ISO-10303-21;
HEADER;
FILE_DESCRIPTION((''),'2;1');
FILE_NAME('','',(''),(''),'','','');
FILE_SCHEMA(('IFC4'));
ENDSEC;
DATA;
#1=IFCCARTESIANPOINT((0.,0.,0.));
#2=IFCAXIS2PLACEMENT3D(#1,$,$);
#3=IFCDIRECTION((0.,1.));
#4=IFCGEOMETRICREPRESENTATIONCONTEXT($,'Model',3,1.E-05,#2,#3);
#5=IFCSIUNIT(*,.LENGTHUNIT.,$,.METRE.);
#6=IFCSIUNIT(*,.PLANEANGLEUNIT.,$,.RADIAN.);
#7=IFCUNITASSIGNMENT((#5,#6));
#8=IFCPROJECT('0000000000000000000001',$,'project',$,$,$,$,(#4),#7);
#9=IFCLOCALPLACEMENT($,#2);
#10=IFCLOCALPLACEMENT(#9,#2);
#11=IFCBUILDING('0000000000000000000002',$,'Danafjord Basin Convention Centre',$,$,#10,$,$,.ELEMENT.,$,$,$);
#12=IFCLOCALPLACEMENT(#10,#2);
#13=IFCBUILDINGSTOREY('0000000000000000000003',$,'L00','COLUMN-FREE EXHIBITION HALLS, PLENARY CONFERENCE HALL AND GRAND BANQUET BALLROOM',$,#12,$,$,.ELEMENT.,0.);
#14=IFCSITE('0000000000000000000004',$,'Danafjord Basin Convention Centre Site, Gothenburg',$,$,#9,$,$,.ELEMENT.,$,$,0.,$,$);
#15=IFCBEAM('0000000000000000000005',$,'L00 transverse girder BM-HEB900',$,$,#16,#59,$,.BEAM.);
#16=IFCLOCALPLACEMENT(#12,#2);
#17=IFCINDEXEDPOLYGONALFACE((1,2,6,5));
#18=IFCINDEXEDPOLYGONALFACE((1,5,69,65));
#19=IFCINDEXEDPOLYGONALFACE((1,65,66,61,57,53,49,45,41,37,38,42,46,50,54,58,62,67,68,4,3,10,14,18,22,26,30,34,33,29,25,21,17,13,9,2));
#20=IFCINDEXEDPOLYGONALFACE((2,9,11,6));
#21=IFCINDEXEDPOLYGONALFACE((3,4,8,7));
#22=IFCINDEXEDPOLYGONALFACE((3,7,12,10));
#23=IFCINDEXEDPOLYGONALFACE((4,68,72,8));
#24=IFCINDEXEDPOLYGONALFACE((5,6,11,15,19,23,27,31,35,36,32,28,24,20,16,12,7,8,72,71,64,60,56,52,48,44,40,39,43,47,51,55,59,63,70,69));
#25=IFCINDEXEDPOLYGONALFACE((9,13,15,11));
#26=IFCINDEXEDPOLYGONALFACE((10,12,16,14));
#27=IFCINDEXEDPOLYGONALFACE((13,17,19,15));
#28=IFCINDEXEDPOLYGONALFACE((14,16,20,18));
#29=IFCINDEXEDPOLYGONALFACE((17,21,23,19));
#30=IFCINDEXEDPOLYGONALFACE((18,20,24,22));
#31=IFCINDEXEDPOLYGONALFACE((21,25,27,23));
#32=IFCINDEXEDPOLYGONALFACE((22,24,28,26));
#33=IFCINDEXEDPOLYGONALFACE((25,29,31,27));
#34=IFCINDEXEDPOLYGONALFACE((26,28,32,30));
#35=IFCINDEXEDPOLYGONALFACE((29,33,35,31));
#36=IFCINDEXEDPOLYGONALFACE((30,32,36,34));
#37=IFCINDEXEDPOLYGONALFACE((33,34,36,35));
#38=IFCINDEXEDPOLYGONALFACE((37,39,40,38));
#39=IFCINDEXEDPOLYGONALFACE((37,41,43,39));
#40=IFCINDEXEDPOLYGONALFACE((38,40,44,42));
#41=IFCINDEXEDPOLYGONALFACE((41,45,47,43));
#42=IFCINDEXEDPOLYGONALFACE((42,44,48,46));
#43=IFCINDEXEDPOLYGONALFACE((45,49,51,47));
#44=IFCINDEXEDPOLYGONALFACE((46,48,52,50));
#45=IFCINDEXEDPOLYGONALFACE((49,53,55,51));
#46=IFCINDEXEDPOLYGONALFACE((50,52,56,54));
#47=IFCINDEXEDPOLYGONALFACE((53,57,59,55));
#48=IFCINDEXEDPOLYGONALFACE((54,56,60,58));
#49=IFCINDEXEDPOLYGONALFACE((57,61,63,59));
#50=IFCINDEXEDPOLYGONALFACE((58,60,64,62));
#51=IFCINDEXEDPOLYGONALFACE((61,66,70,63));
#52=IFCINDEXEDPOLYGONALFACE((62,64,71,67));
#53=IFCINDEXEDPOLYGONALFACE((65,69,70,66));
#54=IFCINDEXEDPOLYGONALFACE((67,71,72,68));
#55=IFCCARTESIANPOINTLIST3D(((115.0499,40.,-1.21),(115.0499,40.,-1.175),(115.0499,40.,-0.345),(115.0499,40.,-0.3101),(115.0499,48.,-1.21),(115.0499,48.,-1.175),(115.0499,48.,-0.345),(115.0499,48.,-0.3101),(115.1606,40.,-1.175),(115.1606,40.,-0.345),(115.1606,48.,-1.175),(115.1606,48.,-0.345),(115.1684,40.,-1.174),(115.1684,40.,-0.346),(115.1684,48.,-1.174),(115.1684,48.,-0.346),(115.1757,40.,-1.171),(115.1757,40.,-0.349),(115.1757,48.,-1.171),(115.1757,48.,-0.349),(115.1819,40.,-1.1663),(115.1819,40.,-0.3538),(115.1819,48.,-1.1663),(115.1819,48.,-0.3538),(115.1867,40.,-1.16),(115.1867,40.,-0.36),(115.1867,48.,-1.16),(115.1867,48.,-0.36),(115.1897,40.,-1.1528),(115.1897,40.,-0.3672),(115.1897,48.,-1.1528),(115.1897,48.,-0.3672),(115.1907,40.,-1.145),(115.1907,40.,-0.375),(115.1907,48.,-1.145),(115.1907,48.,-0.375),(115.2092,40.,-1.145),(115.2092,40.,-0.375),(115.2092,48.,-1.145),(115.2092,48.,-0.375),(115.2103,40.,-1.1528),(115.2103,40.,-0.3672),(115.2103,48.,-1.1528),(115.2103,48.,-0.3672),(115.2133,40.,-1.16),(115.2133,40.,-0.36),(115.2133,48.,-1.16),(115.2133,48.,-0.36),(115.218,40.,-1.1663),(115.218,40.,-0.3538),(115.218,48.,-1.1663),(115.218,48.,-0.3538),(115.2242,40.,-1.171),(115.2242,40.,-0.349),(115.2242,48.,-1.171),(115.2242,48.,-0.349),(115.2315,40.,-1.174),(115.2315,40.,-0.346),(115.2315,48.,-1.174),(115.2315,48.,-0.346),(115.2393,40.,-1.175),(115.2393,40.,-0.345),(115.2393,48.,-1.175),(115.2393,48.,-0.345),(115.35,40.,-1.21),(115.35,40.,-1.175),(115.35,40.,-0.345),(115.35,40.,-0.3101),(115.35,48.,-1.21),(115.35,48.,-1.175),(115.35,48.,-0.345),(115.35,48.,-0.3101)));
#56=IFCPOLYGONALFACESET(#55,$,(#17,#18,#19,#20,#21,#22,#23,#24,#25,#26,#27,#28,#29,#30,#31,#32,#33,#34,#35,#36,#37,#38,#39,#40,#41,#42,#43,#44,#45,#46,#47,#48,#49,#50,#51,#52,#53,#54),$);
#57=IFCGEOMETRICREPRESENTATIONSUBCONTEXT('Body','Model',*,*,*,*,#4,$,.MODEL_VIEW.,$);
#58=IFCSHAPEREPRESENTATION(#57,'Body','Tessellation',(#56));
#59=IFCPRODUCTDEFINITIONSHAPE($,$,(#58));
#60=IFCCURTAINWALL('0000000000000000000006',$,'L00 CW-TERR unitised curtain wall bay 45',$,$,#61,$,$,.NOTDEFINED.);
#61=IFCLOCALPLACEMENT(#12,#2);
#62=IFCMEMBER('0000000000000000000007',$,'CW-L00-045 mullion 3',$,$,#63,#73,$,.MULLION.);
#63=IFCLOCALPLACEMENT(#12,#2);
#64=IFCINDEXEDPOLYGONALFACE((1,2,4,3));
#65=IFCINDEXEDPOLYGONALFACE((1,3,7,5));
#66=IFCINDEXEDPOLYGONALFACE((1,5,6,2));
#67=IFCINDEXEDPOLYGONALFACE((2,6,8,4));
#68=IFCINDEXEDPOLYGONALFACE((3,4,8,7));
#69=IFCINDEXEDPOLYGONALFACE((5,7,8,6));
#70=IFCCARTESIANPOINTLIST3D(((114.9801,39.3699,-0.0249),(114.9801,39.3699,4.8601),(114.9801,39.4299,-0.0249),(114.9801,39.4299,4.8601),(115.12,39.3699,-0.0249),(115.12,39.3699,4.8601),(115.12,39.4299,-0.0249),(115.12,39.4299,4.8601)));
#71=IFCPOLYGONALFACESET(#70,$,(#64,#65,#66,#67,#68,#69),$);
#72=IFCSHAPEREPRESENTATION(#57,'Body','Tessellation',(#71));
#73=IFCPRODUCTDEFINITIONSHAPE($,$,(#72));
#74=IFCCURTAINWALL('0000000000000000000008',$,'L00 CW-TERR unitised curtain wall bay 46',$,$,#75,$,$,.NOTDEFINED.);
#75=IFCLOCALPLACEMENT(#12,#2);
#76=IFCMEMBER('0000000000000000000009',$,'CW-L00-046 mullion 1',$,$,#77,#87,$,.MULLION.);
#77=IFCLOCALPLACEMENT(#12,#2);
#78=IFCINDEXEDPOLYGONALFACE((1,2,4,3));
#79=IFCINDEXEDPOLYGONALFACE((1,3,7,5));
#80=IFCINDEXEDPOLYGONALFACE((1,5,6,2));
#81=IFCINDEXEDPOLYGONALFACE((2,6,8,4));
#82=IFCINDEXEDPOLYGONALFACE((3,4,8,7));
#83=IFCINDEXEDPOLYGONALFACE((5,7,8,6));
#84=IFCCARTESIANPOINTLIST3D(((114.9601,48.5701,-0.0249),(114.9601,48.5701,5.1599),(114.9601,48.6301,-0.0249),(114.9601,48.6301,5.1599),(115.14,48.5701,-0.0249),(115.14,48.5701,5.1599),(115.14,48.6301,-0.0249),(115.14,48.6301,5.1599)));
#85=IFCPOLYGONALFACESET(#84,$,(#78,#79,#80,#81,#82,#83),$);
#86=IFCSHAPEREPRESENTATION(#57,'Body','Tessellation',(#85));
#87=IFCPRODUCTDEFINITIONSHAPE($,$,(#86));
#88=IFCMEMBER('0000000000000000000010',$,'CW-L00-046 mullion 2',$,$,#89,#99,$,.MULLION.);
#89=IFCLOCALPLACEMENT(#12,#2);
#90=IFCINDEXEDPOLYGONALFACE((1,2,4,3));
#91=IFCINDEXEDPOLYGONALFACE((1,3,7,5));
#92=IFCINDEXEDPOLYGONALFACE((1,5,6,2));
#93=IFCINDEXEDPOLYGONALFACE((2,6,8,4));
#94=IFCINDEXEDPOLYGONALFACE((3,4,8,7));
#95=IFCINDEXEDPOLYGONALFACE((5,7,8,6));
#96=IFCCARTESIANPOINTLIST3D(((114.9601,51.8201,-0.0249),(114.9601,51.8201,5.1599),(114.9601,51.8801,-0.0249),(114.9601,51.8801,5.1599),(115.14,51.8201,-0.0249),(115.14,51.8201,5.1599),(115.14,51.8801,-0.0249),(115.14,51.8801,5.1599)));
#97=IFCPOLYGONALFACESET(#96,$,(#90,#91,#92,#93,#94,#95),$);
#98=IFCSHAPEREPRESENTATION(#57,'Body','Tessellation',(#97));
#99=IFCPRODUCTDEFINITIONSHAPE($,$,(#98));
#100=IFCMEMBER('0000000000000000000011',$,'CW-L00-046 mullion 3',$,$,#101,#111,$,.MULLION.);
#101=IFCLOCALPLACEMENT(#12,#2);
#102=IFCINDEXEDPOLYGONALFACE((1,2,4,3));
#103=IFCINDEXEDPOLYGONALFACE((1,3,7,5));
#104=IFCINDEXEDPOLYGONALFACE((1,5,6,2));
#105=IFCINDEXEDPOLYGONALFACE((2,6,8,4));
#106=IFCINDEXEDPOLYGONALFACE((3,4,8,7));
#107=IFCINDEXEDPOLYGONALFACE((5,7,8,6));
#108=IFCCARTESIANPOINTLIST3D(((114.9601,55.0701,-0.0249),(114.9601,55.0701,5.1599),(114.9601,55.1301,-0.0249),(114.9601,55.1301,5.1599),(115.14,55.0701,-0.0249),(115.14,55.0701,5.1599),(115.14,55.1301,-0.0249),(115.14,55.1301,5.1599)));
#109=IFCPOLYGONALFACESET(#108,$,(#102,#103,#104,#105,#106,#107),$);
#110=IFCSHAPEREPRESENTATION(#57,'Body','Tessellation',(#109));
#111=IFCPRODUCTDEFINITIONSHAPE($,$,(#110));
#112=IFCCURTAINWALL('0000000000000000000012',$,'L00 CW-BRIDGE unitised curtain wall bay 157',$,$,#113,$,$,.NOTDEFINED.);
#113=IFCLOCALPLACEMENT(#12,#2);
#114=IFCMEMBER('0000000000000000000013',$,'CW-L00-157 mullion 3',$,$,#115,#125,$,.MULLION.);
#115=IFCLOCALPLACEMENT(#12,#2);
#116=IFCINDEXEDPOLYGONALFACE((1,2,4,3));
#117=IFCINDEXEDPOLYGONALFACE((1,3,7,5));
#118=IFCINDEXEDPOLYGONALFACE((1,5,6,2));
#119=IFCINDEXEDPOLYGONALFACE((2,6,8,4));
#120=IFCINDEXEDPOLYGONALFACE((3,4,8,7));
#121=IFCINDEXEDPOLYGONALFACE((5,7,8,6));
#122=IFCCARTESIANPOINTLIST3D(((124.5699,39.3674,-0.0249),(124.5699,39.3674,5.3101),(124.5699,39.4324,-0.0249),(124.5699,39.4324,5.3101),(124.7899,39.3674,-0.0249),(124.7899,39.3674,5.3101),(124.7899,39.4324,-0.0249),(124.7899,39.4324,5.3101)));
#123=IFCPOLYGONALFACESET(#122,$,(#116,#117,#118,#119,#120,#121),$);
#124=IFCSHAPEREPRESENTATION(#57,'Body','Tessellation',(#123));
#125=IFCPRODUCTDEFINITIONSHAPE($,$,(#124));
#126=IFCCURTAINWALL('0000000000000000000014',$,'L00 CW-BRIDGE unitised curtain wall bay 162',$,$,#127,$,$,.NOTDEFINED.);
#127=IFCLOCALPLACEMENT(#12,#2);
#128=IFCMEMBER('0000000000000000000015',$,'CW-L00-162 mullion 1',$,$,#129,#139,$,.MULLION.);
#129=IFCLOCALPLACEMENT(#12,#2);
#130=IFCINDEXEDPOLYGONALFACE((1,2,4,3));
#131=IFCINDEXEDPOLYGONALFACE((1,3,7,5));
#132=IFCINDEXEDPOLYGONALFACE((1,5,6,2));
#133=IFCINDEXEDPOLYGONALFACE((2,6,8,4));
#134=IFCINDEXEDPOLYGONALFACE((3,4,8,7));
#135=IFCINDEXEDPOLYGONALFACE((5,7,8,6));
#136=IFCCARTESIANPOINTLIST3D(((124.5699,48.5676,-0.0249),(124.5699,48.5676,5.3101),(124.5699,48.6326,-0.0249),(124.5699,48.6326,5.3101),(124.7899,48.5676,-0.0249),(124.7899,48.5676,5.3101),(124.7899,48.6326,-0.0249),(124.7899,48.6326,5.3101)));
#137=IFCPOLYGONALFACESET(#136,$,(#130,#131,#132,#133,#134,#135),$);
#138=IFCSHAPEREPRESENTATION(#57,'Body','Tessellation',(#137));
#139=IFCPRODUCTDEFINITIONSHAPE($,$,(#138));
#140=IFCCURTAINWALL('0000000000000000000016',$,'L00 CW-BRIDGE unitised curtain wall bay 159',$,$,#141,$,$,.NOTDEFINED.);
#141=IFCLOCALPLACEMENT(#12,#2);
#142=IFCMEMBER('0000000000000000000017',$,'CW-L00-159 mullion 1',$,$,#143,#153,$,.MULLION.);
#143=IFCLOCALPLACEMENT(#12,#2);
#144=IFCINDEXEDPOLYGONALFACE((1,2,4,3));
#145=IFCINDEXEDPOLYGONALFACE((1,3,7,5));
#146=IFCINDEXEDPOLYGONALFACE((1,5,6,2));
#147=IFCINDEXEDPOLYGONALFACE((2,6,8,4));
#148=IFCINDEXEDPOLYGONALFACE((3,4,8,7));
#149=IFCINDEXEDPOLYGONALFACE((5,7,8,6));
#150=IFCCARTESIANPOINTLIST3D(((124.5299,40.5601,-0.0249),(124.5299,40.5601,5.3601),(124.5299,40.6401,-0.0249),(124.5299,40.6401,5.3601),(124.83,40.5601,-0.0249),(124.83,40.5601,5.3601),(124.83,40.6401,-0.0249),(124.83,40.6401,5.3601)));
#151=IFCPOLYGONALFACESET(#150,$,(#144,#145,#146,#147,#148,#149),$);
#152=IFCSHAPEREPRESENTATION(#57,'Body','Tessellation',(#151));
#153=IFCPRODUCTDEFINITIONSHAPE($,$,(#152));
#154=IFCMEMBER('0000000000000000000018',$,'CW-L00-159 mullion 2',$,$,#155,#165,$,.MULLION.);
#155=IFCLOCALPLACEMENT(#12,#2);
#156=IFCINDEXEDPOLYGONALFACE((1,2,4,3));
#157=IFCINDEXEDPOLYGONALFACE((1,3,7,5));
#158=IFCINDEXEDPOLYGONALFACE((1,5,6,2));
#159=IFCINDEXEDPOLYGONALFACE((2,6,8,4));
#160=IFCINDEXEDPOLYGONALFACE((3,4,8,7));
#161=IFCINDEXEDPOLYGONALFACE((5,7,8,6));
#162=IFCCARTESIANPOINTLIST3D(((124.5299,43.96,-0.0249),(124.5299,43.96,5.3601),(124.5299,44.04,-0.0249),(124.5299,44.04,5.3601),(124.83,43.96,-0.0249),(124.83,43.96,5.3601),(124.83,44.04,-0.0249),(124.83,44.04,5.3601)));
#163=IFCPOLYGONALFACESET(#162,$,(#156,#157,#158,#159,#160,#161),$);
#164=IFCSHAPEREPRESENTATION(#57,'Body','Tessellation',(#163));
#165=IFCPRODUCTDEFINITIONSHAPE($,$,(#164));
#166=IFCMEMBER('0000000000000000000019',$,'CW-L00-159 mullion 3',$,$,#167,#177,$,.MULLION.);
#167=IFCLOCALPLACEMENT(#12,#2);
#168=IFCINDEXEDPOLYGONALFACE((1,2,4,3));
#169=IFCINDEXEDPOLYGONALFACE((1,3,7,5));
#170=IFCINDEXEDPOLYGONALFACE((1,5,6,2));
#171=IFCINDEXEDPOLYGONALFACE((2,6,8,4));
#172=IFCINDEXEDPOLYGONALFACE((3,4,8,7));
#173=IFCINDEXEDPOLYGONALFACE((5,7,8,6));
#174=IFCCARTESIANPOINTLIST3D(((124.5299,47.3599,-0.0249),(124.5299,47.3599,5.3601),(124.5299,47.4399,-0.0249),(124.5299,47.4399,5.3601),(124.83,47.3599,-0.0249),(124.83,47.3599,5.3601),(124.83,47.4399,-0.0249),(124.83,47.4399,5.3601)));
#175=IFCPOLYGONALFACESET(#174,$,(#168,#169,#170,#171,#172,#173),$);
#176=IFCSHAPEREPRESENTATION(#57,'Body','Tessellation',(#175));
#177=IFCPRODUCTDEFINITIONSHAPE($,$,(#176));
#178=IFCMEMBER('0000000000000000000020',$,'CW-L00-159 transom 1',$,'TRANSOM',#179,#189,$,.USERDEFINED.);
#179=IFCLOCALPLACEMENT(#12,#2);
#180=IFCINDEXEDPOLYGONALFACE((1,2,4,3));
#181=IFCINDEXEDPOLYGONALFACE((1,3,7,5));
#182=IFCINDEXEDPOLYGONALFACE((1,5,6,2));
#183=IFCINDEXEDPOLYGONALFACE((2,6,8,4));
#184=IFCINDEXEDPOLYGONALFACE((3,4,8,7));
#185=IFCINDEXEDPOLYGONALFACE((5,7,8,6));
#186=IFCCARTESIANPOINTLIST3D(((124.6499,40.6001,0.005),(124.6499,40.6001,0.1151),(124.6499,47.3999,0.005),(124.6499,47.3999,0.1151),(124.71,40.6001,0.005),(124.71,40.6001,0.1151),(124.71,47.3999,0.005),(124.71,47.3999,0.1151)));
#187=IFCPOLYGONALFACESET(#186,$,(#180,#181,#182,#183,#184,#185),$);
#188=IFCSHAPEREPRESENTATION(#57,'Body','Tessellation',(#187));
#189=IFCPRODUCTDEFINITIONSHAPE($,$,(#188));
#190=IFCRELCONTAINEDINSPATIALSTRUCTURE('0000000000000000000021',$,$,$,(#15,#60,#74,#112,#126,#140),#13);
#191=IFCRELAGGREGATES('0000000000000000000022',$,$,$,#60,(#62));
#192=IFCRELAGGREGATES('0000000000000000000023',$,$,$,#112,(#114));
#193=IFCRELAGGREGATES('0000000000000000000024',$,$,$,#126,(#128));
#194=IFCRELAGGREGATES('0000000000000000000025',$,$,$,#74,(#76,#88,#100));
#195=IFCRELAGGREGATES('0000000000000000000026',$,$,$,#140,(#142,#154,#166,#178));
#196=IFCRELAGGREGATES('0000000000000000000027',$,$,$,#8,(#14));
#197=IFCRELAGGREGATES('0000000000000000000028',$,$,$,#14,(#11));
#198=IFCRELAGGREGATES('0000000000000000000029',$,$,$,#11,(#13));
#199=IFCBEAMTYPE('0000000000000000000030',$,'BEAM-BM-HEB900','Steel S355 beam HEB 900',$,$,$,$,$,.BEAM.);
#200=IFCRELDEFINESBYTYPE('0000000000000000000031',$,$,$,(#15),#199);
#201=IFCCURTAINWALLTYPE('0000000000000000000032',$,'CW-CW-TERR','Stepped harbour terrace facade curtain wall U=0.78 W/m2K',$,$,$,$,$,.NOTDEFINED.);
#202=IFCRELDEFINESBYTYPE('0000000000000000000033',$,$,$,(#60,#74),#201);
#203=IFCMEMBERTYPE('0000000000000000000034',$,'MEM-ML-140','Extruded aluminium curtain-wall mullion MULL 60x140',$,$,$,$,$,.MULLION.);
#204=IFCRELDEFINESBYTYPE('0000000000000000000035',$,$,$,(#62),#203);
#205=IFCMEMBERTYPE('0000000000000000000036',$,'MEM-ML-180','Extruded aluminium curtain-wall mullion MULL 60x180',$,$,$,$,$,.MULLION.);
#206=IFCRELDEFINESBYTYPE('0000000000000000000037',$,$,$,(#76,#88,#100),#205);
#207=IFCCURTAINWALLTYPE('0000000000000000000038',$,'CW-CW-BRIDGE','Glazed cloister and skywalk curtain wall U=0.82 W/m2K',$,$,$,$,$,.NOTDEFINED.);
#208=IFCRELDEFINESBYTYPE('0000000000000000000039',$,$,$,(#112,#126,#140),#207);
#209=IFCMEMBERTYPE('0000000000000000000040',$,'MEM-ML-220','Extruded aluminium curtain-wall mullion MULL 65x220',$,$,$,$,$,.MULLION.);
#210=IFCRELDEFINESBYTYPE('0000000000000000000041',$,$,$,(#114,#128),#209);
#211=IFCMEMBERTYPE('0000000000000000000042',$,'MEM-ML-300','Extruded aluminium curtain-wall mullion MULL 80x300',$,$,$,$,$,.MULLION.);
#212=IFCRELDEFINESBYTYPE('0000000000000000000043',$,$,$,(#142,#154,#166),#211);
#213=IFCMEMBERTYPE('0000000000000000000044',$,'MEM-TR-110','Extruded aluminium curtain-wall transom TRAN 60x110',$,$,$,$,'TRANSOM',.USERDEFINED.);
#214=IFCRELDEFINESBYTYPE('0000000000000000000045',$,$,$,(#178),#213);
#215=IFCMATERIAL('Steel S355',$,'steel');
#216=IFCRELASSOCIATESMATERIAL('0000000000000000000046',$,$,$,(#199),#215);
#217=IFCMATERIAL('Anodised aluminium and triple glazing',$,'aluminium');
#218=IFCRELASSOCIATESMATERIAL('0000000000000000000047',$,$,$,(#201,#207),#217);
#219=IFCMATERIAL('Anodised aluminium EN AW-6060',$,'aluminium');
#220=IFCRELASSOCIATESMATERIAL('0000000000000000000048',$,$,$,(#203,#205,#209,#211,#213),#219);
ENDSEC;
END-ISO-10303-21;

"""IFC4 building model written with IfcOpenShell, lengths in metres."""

from ifc_helpers import new_model, si_unit, direction, frame, origin, origin_2d, place, context, subcontext, project, spatial, rectangle, i_section, extrude, material, material_profile, profile_set, type_object, element, aggregate, save


model = new_model("IFC4")

# Units and contexts
model_context = context("Model", 3, precision=1e-05, world=origin(), true_north=direction((0.0, 1.0)))
body_context = subcontext(model_context, "Body", "Model", "MODEL_VIEW")
ifc_project = project(units=[si_unit("LENGTHUNIT", "METRE"), si_unit("PLANEANGLEUNIT", "RADIAN")], contexts=[model_context])

# Site, building, storey
site_placement = place(None, origin())
site = spatial("IfcSite", under=ifc_project, at=site_placement, Name="Danafjord Basin Convention Centre Site, Gothenburg", CompositionType="ELEMENT", RefElevation=0.0)
building_placement = place(site_placement, origin())
building = spatial("IfcBuilding", under=site, at=building_placement, Name="Danafjord Basin Convention Centre", CompositionType="ELEMENT")
storey_placement = place(building_placement, origin())
storey = spatial("IfcBuildingStorey", under=building, at=storey_placement, Name="L00", Description="COLUMN-FREE EXHIBITION HALLS, PLENARY CONFERENCE HALL AND GRAND BANQUET BALLROOM", CompositionType="ELEMENT", Elevation=0.0)

# Shared definitions
ifc_material_1 = material(Name="Steel S355", Category="steel")

# Beam
ifc_material_profile_1 = material_profile(ifc_material_1, i_section(OverallWidth=0.3, OverallDepth=0.8999, WebThickness=0.0186, FlangeThickness=0.0349, FilletRadius=0.03, at=origin_2d()), Name="HEB 900")
ifc_profile_set_1 = profile_set([ifc_material_profile_1], Name="Steel S355")
beam_type_1 = type_object("IfcBeamType", Name="BEAM-BM-HEB900", Description="Steel S355 beam HEB 900", PredefinedType="BEAM", material=ifc_profile_set_1)
beam_1_placement = place(storey_placement, frame((115.2, 40.0, -0.76), z_axis=(0.0, 1.0, 0.0), x_axis=(-1.0, 0.0, 0.0)))
element("IfcBeam", 1, at=beam_1_placement, inside=storey, type_object=beam_type_1, Name="L00 transverse girder BM-HEB900", PredefinedType="BEAM", context=body_context, shape_type="SweptSolid", body=[
    extrude(i_section(OverallWidth=0.3, OverallDepth=0.8999, WebThickness=0.0186, FlangeThickness=0.0349, FilletRadius=0.03, at=origin_2d()), origin(), (0.0, 0.0, 1.0), 8.0),
])

# Curtain wall, member
ifc_material_2 = material(Name="Anodised aluminium and triple glazing", Category="aluminium")
curtain_wall_type_1 = type_object("IfcCurtainWallType", Name="CW-CW-TERR", Description="Stepped harbour terrace facade curtain wall U=0.78 W/m2K", PredefinedType="NOTDEFINED", material=ifc_material_2)
curtain_wall_1_placement = place(storey_placement, origin())
curtain_wall_1 = element("IfcCurtainWall", 2, at=curtain_wall_1_placement, inside=storey, type_object=curtain_wall_type_1, Name="L00 CW-TERR unitised curtain wall bay 45", PredefinedType="NOTDEFINED")
ifc_material_3 = material(Name="Anodised aluminium EN AW-6060", Category="aluminium")
ifc_material_profile_2 = material_profile(ifc_material_3, rectangle(XDim=0.0601, YDim=0.1399, at=origin_2d()), Name="MULL 60x140")
ifc_profile_set_2 = profile_set([ifc_material_profile_2], Name="Anodised aluminium EN AW-6060")
member_type_1 = type_object("IfcMemberType", Name="MEM-ML-140", Description="Extruded aluminium curtain-wall mullion MULL 60x140", PredefinedType="MULLION", material=ifc_profile_set_2)
member_1_placement = place(storey_placement, frame((115.05, 39.3999, -0.0249), z_axis=(0.0, 0.0, 1.0), x_axis=(0.0, 1.0, 0.0)))
member_1 = element("IfcMember", 3, at=member_1_placement, type_object=member_type_1, Name="CW-L00-045 mullion 3", PredefinedType="MULLION", context=body_context, shape_type="SweptSolid", body=[
    extrude(rectangle(XDim=0.0601, YDim=0.1399, at=origin_2d()), origin(), (0.0, 0.0, 1.0), 4.885),
])
aggregate(curtain_wall_1, [member_1])

# Curtain wall, members
curtain_wall_2_placement = place(storey_placement, origin())
curtain_wall_2 = element("IfcCurtainWall", 4, at=curtain_wall_2_placement, inside=storey, type_object=curtain_wall_type_1, Name="L00 CW-TERR unitised curtain wall bay 46", PredefinedType="NOTDEFINED")
ifc_material_profile_3 = material_profile(ifc_material_3, rectangle(XDim=0.0601, YDim=0.1799, at=origin_2d()), Name="MULL 60x180")
ifc_profile_set_3 = profile_set([ifc_material_profile_3], Name="Anodised aluminium EN AW-6060")
member_type_2 = type_object("IfcMemberType", Name="MEM-ML-180", Description="Extruded aluminium curtain-wall mullion MULL 60x180", PredefinedType="MULLION", material=ifc_profile_set_3)
member_2_placement = place(storey_placement, frame((115.05, 48.6001, -0.0249), z_axis=(0.0, 0.0, 1.0), x_axis=(0.0, 1.0, 0.0)))
member_2 = element("IfcMember", 5, at=member_2_placement, type_object=member_type_2, Name="CW-L00-046 mullion 1", PredefinedType="MULLION", context=body_context, shape_type="SweptSolid", body=[
    extrude(rectangle(XDim=0.0601, YDim=0.1799, at=origin_2d()), origin(), (0.0, 0.0, 1.0), 5.1848),
])
member_3_placement = place(storey_placement, frame((115.05, 51.8501, -0.0249), z_axis=(0.0, 0.0, 1.0), x_axis=(0.0, 1.0, 0.0)))
member_3 = element("IfcMember", 6, at=member_3_placement, type_object=member_type_2, Name="CW-L00-046 mullion 2", PredefinedType="MULLION", context=body_context, shape_type="SweptSolid", body=[
    extrude(rectangle(XDim=0.0601, YDim=0.1799, at=origin_2d()), origin(), (0.0, 0.0, 1.0), 5.1848),
])
member_4_placement = place(storey_placement, frame((115.05, 55.1001, -0.0249), z_axis=(0.0, 0.0, 1.0), x_axis=(0.0, 1.0, 0.0)))
member_4 = element("IfcMember", 7, at=member_4_placement, type_object=member_type_2, Name="CW-L00-046 mullion 3", PredefinedType="MULLION", context=body_context, shape_type="SweptSolid", body=[
    extrude(rectangle(XDim=0.0601, YDim=0.1799, at=origin_2d()), origin(), (0.0, 0.0, 1.0), 5.1848),
])

# Curtain walls, members
curtain_wall_type_2 = type_object("IfcCurtainWallType", Name="CW-CW-BRIDGE", Description="Glazed cloister and skywalk curtain wall U=0.82 W/m2K", PredefinedType="NOTDEFINED", material=ifc_material_2)
curtain_wall_3_placement = place(storey_placement, origin())
curtain_wall_3 = element("IfcCurtainWall", 8, at=curtain_wall_3_placement, inside=storey, type_object=curtain_wall_type_2, Name="L00 CW-BRIDGE unitised curtain wall bay 157", PredefinedType="NOTDEFINED")
ifc_material_profile_4 = material_profile(ifc_material_3, rectangle(XDim=0.0649, YDim=0.22, at=origin_2d()), Name="MULL 65x220")
ifc_profile_set_4 = profile_set([ifc_material_profile_4], Name="Anodised aluminium EN AW-6060")
member_type_3 = type_object("IfcMemberType", Name="MEM-ML-220", Description="Extruded aluminium curtain-wall mullion MULL 65x220", PredefinedType="MULLION", material=ifc_profile_set_4)
member_5_placement = place(storey_placement, frame((124.6799, 39.3999, -0.0249), z_axis=(0.0, 0.0, 1.0), x_axis=(0.0, 1.0, 0.0)))
member_5 = element("IfcMember", 9, at=member_5_placement, type_object=member_type_3, Name="CW-L00-157 mullion 3", PredefinedType="MULLION", context=body_context, shape_type="SweptSolid", body=[
    extrude(rectangle(XDim=0.0649, YDim=0.22, at=origin_2d()), origin(), (0.0, 0.0, 1.0), 5.335),
])
aggregate(curtain_wall_3, [member_5])
curtain_wall_4_placement = place(storey_placement, origin())
curtain_wall_4 = element("IfcCurtainWall", 10, at=curtain_wall_4_placement, inside=storey, type_object=curtain_wall_type_2, Name="L00 CW-BRIDGE unitised curtain wall bay 162", PredefinedType="NOTDEFINED")
member_6_placement = place(storey_placement, frame((124.6799, 48.6001, -0.0249), z_axis=(0.0, 0.0, 1.0), x_axis=(0.0, 1.0, 0.0)))
member_6 = element("IfcMember", 11, at=member_6_placement, type_object=member_type_3, Name="CW-L00-162 mullion 1", PredefinedType="MULLION", context=body_context, shape_type="SweptSolid", body=[
    extrude(rectangle(XDim=0.0649, YDim=0.22, at=origin_2d()), origin(), (0.0, 0.0, 1.0), 5.335),
])

# Curtain wall, members
curtain_wall_5_placement = place(storey_placement, origin())
curtain_wall_5 = element("IfcCurtainWall", 12, at=curtain_wall_5_placement, inside=storey, type_object=curtain_wall_type_2, Name="L00 CW-BRIDGE unitised curtain wall bay 159", PredefinedType="NOTDEFINED")
ifc_material_profile_5 = material_profile(ifc_material_3, rectangle(XDim=0.0801, YDim=0.3, at=origin_2d()), Name="MULL 80x300")
ifc_profile_set_5 = profile_set([ifc_material_profile_5], Name="Anodised aluminium EN AW-6060")
member_type_4 = type_object("IfcMemberType", Name="MEM-ML-300", Description="Extruded aluminium curtain-wall mullion MULL 80x300", PredefinedType="MULLION", material=ifc_profile_set_5)
member_7_placement = place(storey_placement, frame((124.6799, 40.6001, -0.0249), z_axis=(0.0, 0.0, 1.0), x_axis=(0.0, 1.0, 0.0)))
member_7 = element("IfcMember", 13, at=member_7_placement, type_object=member_type_4, Name="CW-L00-159 mullion 1", PredefinedType="MULLION", context=body_context, shape_type="SweptSolid", body=[
    extrude(rectangle(XDim=0.0801, YDim=0.3, at=origin_2d()), origin(), (0.0, 0.0, 1.0), 5.385),
])
member_8_placement = place(storey_placement, frame((124.6799, 44.0, -0.0249), z_axis=(0.0, 0.0, 1.0), x_axis=(0.0, 1.0, 0.0)))
member_8 = element("IfcMember", 14, at=member_8_placement, type_object=member_type_4, Name="CW-L00-159 mullion 2", PredefinedType="MULLION", context=body_context, shape_type="SweptSolid", body=[
    extrude(rectangle(XDim=0.0801, YDim=0.3, at=origin_2d()), origin(), (0.0, 0.0, 1.0), 5.385),
])
member_9_placement = place(storey_placement, frame((124.6799, 47.3999, -0.0249), z_axis=(0.0, 0.0, 1.0), x_axis=(0.0, 1.0, 0.0)))
member_9 = element("IfcMember", 15, at=member_9_placement, type_object=member_type_4, Name="CW-L00-159 mullion 3", PredefinedType="MULLION", context=body_context, shape_type="SweptSolid", body=[
    extrude(rectangle(XDim=0.0801, YDim=0.3, at=origin_2d()), origin(), (0.0, 0.0, 1.0), 5.385),
])
ifc_material_profile_6 = material_profile(ifc_material_3, rectangle(XDim=0.0601, YDim=0.1101, at=origin_2d()), Name="TRAN 60x110")
ifc_profile_set_6 = profile_set([ifc_material_profile_6], Name="Anodised aluminium EN AW-6060")
member_type_5 = type_object("IfcMemberType", Name="MEM-TR-110", Description="Extruded aluminium curtain-wall transom TRAN 60x110", ElementType="TRANSOM", PredefinedType="USERDEFINED", material=ifc_profile_set_6)
member_10_placement = place(storey_placement, frame((124.6799, 40.6001, 0.0601), z_axis=(0.0, 1.0, 0.0), x_axis=(-1.0, 0.0, 0.0)))
member_10 = element("IfcMember", 16, at=member_10_placement, type_object=member_type_5, Name="CW-L00-159 transom 1", ObjectType="TRANSOM", PredefinedType="USERDEFINED", context=body_context, shape_type="SweptSolid", body=[
    extrude(rectangle(XDim=0.0601, YDim=0.1101, at=origin_2d()), origin(), (0.0, 0.0, 1.0), 6.7998),
])

aggregate(curtain_wall_4, [member_6])

aggregate(curtain_wall_2, [member_2, member_3, member_4])
aggregate(curtain_wall_5, [member_7, member_8, member_9, member_10])

save(model, "model.ifc")
